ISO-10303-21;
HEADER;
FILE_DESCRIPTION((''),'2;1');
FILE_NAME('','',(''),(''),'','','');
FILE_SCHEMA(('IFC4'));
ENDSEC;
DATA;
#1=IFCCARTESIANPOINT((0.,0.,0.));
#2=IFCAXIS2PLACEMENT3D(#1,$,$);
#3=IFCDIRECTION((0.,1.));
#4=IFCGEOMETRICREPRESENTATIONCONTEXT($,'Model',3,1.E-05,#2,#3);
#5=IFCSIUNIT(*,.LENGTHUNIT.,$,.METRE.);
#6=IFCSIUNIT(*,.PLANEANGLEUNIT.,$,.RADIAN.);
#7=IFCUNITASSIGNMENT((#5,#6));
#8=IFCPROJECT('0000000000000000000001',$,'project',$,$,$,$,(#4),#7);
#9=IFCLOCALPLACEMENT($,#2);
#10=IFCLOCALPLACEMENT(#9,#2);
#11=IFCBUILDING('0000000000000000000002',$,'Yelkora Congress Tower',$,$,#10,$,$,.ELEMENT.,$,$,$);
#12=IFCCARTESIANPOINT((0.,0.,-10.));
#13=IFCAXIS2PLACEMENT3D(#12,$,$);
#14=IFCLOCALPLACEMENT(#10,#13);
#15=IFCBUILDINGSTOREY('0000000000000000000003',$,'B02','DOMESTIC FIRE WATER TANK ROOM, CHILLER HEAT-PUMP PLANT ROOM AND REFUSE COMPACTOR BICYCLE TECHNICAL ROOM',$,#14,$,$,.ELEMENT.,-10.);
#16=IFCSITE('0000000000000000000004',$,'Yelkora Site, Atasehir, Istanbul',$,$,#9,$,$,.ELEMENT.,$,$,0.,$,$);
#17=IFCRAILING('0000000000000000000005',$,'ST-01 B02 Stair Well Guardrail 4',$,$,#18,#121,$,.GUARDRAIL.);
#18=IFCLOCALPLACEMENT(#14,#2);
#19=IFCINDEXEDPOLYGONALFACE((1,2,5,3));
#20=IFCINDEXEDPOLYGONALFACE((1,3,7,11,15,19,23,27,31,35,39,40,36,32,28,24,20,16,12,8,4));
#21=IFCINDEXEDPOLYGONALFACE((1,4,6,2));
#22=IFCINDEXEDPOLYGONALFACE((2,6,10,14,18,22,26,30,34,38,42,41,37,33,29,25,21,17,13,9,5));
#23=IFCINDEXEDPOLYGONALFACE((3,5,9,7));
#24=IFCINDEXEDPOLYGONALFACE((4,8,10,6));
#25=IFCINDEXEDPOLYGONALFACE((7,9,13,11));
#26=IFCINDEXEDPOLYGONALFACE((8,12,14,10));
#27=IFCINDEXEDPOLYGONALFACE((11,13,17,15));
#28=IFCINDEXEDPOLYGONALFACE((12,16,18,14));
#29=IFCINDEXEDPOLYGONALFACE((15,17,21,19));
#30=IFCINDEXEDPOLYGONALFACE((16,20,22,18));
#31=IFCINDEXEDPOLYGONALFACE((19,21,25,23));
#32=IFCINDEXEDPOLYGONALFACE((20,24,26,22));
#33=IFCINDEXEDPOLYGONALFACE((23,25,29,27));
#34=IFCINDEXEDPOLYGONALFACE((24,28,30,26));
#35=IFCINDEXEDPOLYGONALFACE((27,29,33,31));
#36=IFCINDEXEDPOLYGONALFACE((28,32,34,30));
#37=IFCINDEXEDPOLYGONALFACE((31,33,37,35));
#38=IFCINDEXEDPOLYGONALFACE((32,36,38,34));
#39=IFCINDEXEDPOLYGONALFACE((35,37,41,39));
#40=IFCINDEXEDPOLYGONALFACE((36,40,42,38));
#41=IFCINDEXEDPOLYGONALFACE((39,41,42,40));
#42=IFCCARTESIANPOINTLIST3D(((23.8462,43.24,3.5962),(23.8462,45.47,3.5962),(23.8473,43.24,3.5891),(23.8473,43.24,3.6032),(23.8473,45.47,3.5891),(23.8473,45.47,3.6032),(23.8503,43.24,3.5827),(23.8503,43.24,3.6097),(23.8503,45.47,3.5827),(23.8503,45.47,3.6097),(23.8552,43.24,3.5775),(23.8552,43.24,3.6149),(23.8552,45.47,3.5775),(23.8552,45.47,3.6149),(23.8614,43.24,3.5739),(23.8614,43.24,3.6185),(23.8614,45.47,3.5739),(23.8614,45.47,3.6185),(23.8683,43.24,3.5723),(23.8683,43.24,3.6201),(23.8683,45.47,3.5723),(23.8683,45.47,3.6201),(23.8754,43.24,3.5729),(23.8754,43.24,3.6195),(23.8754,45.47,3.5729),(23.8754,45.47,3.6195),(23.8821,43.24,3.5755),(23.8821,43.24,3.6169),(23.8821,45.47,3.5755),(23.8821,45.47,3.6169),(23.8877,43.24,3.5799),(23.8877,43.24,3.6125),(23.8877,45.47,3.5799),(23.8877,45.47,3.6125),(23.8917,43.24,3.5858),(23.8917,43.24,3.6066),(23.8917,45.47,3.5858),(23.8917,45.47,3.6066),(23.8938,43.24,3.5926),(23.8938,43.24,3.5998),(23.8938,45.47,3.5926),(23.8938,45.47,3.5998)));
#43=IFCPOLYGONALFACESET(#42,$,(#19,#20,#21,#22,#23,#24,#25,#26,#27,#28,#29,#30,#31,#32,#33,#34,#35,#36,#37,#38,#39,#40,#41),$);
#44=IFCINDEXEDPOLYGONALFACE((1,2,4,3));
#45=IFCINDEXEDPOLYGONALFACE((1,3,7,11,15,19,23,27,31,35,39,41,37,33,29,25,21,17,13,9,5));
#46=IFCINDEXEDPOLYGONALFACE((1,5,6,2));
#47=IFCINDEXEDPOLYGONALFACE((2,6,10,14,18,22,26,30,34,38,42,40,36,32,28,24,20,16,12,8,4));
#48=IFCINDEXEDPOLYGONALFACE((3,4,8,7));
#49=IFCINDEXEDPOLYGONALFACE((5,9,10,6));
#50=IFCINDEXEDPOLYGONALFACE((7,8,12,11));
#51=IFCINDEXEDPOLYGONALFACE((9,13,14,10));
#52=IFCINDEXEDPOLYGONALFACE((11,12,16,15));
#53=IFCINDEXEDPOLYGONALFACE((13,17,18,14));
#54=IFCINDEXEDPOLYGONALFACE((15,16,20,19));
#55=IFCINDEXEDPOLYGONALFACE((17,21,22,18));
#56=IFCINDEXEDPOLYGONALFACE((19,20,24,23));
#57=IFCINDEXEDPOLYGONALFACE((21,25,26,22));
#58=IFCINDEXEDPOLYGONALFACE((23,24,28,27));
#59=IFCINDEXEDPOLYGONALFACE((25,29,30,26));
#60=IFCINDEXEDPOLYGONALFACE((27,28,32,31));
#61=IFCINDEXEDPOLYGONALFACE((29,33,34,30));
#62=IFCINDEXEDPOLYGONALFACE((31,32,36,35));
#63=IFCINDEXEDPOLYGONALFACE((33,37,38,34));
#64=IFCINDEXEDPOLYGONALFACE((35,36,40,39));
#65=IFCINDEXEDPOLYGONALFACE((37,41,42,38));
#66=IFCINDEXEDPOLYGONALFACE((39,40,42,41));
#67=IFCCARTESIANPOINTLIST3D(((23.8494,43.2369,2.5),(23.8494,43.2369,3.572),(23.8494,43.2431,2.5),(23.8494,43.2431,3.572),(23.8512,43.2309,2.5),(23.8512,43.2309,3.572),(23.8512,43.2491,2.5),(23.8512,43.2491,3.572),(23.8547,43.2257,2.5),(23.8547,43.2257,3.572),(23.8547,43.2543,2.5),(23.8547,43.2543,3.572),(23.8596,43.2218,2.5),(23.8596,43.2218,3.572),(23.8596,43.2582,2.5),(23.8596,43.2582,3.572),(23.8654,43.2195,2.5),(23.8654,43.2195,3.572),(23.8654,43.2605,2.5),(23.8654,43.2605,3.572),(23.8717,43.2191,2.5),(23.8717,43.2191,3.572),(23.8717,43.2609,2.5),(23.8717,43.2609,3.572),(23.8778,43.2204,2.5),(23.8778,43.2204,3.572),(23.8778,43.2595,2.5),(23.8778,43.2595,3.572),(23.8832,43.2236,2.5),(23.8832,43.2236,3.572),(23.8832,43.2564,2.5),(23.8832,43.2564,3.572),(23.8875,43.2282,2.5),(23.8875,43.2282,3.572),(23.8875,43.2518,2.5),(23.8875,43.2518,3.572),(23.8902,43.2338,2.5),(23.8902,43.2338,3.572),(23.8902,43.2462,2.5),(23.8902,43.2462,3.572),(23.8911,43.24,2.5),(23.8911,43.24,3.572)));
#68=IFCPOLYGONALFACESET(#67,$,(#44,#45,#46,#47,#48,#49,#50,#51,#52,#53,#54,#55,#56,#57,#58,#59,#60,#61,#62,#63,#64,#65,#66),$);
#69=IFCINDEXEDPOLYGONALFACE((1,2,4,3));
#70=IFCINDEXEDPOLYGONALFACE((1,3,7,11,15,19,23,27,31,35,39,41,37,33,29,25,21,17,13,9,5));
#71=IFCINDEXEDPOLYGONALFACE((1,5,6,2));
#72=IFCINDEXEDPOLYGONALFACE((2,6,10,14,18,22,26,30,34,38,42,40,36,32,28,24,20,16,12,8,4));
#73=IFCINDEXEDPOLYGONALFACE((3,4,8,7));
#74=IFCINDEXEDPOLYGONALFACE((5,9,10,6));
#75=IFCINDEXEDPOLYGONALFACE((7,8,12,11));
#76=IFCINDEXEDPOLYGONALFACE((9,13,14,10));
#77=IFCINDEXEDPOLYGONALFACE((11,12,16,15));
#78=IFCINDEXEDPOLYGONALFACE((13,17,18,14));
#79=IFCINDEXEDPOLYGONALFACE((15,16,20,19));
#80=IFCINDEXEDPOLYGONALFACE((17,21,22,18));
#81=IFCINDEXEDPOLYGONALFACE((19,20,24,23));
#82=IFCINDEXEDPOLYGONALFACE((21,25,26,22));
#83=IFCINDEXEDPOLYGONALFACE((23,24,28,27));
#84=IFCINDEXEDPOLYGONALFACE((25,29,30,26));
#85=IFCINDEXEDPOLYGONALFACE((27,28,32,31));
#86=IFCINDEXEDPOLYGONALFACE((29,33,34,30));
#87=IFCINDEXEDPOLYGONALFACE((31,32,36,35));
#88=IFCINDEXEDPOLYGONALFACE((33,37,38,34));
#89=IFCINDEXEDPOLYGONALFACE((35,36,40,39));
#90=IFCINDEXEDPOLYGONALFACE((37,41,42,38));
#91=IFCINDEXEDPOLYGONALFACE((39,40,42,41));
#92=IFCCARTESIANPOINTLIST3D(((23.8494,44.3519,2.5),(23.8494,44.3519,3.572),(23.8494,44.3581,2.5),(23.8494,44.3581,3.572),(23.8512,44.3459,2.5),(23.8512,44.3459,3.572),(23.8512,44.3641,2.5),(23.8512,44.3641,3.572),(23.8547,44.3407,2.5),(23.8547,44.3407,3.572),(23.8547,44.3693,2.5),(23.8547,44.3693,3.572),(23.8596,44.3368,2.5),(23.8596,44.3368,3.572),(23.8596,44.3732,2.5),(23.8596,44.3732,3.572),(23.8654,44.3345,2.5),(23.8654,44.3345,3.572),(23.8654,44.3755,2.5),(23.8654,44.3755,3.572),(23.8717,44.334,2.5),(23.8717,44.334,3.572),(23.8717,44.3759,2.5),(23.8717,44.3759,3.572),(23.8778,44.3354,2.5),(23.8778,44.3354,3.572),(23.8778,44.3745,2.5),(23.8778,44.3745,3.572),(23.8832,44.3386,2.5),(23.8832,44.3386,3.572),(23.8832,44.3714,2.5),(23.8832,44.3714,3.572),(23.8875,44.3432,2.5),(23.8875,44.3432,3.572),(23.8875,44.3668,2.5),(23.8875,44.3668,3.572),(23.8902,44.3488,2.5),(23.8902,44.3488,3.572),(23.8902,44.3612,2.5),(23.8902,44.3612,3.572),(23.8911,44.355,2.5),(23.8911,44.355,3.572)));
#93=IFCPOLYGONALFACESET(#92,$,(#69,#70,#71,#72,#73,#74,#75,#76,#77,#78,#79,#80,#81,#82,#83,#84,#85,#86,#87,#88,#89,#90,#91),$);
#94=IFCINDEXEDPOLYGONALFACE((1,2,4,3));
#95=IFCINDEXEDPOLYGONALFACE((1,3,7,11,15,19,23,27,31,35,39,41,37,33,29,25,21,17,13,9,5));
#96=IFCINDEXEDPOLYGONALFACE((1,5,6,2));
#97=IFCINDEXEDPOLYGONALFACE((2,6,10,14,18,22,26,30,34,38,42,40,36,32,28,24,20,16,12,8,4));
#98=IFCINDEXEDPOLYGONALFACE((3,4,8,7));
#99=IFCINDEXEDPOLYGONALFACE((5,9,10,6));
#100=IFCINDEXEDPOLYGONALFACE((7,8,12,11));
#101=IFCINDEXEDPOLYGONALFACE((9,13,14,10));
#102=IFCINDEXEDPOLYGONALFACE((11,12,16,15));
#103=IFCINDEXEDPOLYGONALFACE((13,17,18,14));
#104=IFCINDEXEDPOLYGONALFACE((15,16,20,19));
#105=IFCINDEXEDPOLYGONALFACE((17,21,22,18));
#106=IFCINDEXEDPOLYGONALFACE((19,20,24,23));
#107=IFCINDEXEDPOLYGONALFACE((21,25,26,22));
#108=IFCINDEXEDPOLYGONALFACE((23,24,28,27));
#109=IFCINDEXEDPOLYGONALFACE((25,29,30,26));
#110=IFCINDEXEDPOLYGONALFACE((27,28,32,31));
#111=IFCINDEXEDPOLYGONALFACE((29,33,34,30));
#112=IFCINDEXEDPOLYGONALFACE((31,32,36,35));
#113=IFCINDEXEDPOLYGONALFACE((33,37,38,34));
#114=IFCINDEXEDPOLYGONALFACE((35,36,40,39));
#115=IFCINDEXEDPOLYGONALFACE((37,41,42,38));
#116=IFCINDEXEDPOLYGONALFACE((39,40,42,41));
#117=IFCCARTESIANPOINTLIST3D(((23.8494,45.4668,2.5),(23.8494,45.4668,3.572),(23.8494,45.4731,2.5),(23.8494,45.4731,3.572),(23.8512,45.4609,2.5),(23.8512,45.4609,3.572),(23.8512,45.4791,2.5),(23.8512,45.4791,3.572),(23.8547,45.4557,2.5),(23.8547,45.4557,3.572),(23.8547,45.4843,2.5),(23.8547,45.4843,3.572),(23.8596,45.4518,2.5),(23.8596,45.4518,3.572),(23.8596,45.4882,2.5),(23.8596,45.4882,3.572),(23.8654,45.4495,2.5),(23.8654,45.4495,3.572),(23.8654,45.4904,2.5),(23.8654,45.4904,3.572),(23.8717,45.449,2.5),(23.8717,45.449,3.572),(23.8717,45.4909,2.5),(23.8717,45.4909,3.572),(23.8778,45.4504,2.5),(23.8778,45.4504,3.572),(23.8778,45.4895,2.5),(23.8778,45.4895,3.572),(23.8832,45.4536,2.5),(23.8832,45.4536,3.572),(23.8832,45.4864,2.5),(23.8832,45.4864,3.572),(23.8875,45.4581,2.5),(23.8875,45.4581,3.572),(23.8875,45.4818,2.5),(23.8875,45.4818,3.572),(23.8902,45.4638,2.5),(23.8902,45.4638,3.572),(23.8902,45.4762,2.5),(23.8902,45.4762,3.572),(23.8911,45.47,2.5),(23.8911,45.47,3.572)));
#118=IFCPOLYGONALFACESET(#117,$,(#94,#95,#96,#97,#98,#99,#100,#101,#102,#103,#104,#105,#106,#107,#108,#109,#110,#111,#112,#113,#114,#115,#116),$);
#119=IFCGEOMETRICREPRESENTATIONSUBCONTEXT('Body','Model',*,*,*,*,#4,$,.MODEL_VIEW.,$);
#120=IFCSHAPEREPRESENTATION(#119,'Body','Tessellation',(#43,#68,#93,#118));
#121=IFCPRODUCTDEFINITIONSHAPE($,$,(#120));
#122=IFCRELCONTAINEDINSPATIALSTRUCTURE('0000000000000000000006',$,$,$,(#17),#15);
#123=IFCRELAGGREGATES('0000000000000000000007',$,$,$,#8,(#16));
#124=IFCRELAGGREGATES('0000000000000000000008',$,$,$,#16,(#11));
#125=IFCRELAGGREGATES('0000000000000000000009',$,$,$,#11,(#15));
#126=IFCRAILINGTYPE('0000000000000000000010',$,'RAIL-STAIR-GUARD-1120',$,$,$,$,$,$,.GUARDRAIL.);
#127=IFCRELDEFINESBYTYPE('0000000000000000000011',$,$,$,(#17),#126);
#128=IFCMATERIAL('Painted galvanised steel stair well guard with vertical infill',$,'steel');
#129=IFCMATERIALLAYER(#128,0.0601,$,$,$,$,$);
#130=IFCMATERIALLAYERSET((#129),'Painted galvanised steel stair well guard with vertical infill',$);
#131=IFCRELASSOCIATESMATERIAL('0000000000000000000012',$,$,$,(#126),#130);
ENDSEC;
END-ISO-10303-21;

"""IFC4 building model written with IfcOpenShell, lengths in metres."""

from ifc_helpers import new_model, si_unit, direction, frame, origin, origin_2d, place, context, subcontext, project, spatial, circle, extrude, material, layer, layer_set, type_object, element, save


model = new_model("IFC4")

# Units and contexts
model_context = context("Model", 3, precision=1e-05, world=origin(), true_north=direction((0.0, 1.0)))
body_context = subcontext(model_context, "Body", "Model", "MODEL_VIEW")
ifc_project = project(units=[si_unit("LENGTHUNIT", "METRE"), si_unit("PLANEANGLEUNIT", "RADIAN")], contexts=[model_context])

# Site, building, storey
site_placement = place(None, origin())
site = spatial("IfcSite", under=ifc_project, at=site_placement, Name="Yelkora Site, Atasehir, Istanbul", CompositionType="ELEMENT", RefElevation=0.0)
building_placement = place(site_placement, origin())
building = spatial("IfcBuilding", under=site, at=building_placement, Name="Yelkora Congress Tower", CompositionType="ELEMENT")
storey_placement = place(building_placement, frame((0.0, 0.0, -10.0)))
storey = spatial("IfcBuildingStorey", under=building, at=storey_placement, Name="B02", Description="DOMESTIC FIRE WATER TANK ROOM, CHILLER HEAT-PUMP PLANT ROOM AND REFUSE COMPACTOR BICYCLE TECHNICAL ROOM", CompositionType="ELEMENT", Elevation=-10.0)

# Railing
ifc_material_1 = material(Name="Painted galvanised steel stair well guard with vertical infill", Category="steel")
ifc_layer_1 = layer(ifc_material_1, 0.0601)
ifc_layer_set_1 = layer_set([ifc_layer_1], Name="Painted galvanised steel stair well guard with vertical infill")
railing_type_1 = type_object("IfcRailingType", Name="RAIL-STAIR-GUARD-1120", PredefinedType="GUARDRAIL", material=ifc_layer_set_1)
railing_1_placement = place(storey_placement, frame((23.8701, 43.24, 2.5)))
element("IfcRailing", 1, at=railing_1_placement, inside=storey, type_object=railing_type_1, Name="ST-01 B02 Stair Well Guardrail 4", PredefinedType="GUARDRAIL", context=body_context, shape_type="SweptSolid", body=[
    extrude(circle(Radius=0.0239, at=origin_2d()), frame((0.0, 0.0, 1.0962), z_axis=(0.0, 1.0, 0.0), x_axis=(-1.0, 0.0, 0.0)), (0.0, 0.0, 1.0), 2.23),
    extrude(circle(Radius=0.021, at=origin_2d()), origin(), (0.0, 0.0, 1.0), 1.072),
    extrude(circle(Radius=0.021, at=origin_2d()), frame((0.0, 1.115, 0.0)), (0.0, 0.0, 1.0), 1.072),
    extrude(circle(Radius=0.021, at=origin_2d()), frame((0.0, 2.23, 0.0)), (0.0, 0.0, 1.0), 1.072),
])

save(model, "model.ifc")
